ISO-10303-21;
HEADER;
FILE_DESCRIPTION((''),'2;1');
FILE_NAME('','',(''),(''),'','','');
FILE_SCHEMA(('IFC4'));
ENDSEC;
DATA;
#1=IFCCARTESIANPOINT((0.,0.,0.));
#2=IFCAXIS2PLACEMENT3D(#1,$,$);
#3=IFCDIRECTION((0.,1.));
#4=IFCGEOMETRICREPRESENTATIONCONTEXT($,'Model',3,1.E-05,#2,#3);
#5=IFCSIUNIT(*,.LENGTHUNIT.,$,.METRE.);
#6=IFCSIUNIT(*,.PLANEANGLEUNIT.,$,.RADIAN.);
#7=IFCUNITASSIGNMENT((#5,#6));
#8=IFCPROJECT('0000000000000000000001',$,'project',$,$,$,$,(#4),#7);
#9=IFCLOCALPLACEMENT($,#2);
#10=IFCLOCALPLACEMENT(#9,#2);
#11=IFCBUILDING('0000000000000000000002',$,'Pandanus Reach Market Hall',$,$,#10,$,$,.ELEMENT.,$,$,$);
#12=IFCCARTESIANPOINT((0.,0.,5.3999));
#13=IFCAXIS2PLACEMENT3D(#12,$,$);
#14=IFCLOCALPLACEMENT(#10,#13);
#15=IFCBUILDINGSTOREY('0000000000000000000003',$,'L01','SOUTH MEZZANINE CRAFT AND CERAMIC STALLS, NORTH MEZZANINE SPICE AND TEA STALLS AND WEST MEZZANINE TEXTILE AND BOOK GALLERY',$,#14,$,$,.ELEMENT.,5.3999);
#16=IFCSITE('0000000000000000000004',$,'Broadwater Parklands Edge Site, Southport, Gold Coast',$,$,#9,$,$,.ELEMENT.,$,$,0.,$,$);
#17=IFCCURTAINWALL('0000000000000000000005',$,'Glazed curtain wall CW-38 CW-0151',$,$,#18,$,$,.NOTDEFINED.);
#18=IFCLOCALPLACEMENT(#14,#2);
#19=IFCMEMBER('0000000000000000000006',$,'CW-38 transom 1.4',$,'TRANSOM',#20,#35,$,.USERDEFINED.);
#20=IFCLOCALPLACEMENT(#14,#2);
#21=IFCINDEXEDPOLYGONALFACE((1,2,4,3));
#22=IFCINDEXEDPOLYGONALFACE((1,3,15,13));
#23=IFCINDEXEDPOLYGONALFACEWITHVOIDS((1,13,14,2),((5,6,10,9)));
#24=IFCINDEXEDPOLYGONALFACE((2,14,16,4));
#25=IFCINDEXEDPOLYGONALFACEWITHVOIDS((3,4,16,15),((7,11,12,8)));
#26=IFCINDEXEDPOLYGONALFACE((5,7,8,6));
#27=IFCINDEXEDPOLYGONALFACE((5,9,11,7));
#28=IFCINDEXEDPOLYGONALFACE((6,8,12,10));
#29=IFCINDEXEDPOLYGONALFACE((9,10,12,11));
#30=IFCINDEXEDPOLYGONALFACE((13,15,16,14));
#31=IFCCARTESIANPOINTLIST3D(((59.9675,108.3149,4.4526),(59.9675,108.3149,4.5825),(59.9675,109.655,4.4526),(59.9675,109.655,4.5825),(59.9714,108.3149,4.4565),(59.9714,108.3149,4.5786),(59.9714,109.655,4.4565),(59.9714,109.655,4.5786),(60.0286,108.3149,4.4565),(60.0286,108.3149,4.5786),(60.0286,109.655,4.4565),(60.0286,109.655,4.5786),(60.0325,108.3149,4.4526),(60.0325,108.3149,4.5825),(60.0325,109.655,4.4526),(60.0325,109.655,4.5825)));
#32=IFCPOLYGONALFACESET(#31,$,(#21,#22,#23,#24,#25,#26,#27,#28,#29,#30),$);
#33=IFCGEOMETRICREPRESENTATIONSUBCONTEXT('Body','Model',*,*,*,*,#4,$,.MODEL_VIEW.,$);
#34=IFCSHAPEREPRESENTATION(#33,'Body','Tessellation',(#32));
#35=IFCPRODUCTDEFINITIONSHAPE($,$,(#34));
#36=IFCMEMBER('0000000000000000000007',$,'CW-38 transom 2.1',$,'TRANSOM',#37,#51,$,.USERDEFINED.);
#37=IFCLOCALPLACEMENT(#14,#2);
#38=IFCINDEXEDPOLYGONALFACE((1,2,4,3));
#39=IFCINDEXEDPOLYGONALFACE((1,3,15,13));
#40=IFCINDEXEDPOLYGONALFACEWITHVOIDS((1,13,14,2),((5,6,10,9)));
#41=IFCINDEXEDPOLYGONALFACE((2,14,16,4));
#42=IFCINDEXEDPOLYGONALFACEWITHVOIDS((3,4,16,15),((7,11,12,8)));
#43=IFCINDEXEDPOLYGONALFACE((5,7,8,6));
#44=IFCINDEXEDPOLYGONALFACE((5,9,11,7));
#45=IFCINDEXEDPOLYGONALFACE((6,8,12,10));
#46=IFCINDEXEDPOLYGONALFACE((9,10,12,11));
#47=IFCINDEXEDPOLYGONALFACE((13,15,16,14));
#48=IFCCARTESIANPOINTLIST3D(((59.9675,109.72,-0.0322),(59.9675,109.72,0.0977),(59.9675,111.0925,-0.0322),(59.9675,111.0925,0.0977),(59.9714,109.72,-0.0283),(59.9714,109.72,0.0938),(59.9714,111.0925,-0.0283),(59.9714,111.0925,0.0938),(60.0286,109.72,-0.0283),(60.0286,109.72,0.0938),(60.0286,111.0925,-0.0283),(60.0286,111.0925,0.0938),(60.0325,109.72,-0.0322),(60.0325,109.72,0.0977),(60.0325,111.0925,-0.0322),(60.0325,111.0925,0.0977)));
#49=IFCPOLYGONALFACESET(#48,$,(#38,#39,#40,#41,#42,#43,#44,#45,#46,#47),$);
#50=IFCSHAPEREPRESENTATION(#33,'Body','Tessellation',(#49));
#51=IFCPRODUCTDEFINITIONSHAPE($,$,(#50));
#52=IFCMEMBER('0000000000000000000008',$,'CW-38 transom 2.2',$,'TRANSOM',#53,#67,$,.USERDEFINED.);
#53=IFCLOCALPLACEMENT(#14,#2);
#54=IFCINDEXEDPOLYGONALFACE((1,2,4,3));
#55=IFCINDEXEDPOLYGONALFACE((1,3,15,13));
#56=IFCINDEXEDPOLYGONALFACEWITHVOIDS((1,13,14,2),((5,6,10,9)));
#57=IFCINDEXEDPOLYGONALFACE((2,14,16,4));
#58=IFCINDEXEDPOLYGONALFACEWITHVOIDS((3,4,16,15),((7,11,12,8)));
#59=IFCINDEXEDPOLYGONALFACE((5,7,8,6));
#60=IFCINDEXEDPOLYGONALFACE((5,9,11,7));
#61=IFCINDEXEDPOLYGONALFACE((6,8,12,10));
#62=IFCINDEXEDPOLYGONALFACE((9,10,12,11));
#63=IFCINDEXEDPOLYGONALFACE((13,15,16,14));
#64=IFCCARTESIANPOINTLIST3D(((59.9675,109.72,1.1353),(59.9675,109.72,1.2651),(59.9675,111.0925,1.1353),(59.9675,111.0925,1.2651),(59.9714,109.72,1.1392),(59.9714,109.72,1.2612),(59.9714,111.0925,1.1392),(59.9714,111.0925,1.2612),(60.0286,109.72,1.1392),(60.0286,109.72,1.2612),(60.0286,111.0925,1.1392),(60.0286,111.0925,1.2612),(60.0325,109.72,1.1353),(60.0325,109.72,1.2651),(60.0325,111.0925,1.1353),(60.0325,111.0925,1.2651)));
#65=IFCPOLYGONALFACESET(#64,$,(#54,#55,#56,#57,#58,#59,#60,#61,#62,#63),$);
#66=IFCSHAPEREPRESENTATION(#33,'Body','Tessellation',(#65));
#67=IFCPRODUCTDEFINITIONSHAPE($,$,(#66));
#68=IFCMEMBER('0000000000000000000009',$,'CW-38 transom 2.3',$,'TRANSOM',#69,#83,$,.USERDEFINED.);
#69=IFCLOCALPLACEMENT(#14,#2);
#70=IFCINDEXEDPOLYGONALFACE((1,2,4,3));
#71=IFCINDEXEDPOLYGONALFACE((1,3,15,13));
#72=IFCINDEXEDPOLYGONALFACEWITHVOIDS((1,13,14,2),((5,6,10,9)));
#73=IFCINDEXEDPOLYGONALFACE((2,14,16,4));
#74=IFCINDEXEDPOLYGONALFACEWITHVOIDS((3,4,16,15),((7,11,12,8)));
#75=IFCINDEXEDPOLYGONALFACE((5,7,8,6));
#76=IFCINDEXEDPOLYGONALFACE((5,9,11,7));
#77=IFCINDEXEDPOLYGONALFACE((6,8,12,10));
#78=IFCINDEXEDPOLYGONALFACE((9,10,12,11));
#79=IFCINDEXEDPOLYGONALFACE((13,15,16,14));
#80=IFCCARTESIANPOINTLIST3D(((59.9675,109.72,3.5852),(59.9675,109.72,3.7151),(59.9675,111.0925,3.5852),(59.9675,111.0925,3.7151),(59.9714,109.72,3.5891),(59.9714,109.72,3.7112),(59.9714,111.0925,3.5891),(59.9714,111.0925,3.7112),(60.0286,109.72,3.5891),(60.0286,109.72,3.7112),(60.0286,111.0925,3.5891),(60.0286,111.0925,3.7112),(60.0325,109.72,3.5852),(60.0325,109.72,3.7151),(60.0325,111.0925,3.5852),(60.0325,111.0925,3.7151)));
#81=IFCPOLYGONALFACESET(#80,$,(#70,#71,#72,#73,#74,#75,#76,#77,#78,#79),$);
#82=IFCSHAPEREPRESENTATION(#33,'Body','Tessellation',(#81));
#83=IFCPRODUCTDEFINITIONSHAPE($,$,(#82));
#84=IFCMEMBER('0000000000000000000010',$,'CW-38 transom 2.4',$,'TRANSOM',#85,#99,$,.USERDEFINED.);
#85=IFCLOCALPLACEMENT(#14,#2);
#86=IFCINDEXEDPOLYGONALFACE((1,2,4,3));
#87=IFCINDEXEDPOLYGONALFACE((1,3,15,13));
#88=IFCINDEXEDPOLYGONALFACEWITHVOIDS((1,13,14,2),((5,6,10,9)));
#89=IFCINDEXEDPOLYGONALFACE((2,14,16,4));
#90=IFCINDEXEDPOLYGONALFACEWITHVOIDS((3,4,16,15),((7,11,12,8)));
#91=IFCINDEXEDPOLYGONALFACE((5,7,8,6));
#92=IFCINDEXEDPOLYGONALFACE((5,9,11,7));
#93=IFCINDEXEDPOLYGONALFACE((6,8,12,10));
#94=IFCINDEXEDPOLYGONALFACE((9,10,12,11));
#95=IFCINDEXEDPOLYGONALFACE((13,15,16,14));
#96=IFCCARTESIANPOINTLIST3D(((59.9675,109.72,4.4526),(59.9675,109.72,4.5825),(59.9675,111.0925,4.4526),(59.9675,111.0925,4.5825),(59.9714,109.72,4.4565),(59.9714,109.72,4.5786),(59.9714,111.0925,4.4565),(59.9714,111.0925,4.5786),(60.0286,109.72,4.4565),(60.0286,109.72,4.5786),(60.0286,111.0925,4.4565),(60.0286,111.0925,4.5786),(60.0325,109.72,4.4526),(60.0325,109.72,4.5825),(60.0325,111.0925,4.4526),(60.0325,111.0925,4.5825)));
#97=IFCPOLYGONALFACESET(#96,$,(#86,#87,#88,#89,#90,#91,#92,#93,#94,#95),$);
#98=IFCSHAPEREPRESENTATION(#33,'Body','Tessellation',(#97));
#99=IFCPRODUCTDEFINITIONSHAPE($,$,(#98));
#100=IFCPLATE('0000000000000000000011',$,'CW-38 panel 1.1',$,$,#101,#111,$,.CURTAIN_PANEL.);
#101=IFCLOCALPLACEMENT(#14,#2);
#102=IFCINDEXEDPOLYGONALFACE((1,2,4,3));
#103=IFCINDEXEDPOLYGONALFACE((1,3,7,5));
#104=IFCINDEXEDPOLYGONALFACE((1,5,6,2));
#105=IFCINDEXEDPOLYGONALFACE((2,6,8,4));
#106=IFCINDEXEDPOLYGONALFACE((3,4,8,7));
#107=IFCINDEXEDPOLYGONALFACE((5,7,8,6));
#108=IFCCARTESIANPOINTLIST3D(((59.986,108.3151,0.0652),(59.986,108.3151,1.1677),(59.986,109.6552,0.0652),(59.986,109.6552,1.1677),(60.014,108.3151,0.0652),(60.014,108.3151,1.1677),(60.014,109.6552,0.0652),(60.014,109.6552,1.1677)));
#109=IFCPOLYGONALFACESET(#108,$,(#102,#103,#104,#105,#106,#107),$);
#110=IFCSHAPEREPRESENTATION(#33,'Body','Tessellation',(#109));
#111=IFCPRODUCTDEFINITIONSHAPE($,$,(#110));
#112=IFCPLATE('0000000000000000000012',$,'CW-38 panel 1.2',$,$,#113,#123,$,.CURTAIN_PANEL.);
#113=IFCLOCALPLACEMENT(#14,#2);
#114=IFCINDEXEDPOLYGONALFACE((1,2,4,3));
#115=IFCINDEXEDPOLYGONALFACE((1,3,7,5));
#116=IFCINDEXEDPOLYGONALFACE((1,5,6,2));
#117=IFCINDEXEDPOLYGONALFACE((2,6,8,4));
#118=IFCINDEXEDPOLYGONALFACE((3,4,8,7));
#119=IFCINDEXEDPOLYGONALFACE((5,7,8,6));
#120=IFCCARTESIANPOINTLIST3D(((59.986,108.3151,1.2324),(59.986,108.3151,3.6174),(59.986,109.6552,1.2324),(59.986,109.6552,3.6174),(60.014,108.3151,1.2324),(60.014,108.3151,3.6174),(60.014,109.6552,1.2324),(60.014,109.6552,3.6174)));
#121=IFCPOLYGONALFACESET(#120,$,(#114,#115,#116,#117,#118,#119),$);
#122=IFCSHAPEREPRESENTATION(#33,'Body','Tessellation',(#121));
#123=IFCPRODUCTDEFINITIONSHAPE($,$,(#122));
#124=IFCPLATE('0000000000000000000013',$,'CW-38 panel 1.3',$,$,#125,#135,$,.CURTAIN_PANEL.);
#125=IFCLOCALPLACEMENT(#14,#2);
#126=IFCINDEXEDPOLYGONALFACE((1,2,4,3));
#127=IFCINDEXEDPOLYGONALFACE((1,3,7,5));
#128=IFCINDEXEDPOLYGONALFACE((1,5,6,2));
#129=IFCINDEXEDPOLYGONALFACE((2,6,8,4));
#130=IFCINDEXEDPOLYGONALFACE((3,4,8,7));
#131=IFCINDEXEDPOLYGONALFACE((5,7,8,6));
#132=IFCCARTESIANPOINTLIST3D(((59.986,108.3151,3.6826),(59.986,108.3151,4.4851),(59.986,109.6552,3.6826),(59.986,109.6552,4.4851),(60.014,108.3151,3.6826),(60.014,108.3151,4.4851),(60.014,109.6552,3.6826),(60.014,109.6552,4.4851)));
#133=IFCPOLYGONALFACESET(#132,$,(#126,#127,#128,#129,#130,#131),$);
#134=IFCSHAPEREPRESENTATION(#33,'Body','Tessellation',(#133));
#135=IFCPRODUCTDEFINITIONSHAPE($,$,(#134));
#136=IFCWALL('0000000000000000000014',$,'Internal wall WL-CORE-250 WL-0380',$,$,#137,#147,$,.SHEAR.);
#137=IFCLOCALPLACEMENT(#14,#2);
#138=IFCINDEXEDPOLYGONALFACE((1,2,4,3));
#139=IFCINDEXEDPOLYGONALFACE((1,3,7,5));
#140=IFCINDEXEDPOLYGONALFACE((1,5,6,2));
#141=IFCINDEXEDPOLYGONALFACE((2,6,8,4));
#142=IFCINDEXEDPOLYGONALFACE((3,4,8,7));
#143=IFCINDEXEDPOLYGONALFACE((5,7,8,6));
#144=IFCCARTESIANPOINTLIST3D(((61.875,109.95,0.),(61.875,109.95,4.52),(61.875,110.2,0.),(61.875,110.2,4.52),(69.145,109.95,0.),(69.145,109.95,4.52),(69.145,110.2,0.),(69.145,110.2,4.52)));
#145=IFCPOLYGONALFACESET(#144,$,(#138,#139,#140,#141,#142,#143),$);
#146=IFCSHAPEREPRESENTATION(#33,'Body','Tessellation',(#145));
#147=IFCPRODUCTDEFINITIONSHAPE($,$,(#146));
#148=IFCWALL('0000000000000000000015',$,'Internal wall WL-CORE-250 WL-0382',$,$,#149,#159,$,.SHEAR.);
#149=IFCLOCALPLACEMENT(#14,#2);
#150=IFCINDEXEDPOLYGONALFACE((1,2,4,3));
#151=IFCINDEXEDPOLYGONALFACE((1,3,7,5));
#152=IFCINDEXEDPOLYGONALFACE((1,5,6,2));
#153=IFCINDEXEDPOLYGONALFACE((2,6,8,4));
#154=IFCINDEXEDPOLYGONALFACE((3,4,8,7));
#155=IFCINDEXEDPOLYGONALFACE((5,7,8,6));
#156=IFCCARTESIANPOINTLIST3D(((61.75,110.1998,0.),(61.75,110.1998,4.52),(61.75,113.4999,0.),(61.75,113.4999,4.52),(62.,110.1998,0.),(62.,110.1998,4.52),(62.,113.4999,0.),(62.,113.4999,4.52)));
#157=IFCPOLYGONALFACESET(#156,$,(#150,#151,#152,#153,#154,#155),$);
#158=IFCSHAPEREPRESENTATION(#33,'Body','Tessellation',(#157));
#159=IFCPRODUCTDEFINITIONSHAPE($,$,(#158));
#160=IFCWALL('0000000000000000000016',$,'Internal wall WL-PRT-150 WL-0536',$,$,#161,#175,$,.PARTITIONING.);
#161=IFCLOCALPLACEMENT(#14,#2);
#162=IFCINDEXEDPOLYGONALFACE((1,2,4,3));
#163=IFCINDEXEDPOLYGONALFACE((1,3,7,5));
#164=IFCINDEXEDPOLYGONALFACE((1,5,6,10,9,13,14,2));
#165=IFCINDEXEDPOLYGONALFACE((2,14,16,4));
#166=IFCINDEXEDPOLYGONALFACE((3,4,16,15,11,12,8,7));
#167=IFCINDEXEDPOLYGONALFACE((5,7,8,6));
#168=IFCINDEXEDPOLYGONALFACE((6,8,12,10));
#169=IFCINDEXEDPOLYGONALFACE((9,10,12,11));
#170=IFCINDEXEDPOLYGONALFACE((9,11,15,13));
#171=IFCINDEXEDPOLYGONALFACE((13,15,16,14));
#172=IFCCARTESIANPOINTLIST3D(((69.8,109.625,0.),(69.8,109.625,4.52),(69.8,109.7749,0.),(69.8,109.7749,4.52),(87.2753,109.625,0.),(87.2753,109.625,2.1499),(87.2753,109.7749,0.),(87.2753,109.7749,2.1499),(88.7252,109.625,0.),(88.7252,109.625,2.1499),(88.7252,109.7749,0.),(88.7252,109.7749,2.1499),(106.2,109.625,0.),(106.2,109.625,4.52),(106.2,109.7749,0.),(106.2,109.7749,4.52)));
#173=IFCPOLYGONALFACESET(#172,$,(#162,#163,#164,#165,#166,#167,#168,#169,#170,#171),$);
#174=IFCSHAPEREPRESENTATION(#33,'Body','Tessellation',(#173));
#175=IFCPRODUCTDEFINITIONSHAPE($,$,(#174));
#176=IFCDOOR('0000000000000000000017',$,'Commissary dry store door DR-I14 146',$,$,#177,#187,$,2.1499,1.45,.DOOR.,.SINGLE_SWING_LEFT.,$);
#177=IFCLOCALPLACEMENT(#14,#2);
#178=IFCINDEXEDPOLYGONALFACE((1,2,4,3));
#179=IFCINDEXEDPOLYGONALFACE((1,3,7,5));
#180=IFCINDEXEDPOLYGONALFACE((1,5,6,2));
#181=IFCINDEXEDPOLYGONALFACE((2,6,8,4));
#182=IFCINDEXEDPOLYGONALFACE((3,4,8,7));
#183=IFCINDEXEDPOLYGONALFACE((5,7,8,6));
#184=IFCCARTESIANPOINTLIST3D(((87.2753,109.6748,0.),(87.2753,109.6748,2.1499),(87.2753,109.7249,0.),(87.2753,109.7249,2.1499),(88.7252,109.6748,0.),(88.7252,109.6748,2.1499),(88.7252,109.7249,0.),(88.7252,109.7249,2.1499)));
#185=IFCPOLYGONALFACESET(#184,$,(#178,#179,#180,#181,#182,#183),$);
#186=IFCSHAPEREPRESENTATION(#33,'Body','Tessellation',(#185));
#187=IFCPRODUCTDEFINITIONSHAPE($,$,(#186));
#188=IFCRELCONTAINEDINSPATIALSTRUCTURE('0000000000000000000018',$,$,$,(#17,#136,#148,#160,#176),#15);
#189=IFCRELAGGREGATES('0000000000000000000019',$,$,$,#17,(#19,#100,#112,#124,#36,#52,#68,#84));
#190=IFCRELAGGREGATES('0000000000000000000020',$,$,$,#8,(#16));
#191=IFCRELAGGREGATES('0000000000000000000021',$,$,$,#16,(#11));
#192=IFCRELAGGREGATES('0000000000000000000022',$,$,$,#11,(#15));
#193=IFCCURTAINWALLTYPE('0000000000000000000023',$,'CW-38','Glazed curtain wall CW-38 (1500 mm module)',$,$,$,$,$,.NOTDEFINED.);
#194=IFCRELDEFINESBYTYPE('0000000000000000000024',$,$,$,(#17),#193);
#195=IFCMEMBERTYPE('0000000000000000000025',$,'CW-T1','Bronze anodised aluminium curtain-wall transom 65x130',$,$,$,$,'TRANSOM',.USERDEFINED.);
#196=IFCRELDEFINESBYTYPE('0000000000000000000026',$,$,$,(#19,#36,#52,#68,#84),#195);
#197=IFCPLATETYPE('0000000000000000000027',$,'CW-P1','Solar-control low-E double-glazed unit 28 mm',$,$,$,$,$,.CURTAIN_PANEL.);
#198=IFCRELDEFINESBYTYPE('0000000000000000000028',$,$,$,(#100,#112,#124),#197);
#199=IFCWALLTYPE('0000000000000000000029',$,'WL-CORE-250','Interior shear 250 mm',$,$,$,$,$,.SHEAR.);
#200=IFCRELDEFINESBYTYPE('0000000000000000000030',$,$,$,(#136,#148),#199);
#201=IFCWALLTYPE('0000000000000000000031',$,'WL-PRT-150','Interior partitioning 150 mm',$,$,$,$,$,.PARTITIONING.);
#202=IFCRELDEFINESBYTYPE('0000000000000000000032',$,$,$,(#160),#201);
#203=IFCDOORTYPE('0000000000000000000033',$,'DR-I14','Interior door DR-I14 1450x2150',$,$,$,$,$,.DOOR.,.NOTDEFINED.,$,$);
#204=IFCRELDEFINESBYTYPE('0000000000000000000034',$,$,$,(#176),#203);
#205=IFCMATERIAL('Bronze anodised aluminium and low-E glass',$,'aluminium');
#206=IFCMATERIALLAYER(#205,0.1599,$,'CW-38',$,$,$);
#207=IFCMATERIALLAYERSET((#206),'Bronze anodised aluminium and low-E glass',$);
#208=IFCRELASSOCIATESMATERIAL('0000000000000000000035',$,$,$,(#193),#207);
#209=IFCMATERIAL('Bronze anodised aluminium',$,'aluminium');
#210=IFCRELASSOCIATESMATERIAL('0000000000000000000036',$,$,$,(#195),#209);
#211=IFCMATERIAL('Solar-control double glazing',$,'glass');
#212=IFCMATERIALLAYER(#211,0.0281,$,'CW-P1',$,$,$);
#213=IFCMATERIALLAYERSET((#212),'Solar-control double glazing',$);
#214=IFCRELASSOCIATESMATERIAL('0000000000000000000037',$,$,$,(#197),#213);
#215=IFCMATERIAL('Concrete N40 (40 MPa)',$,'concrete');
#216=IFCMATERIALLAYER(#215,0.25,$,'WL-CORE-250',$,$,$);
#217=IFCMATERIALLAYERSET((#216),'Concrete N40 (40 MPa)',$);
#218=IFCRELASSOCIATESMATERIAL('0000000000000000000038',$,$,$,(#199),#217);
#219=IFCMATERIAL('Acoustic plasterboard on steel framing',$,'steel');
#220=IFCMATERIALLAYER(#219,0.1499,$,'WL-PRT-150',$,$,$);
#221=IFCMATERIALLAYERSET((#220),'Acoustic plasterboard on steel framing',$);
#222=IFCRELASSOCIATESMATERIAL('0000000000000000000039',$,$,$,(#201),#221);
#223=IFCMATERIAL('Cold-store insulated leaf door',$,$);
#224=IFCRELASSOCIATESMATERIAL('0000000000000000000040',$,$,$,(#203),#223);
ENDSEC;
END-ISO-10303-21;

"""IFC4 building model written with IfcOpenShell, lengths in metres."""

from ifc_helpers import new_model, si_unit, direction, frame, frame_2d, origin, origin_2d, place, context, subcontext, project, spatial, rectangle, hollow_rectangle, extrude, material, layer, layer_set, material_profile, profile_set, type_object, element, fill, aggregate, save


model = new_model("IFC4")

# Units and contexts
model_context = context("Model", 3, precision=1e-05, world=origin(), true_north=direction((0.0, 1.0)))
body_context = subcontext(model_context, "Body", "Model", "MODEL_VIEW")
ifc_project = project(units=[si_unit("LENGTHUNIT", "METRE"), si_unit("PLANEANGLEUNIT", "RADIAN")], contexts=[model_context])

# Site, building, storey
site_placement = place(None, origin())
site = spatial("IfcSite", under=ifc_project, at=site_placement, Name="Broadwater Parklands Edge Site, Southport, Gold Coast", CompositionType="ELEMENT", RefElevation=0.0)
building_placement = place(site_placement, origin())
building = spatial("IfcBuilding", under=site, at=building_placement, Name="Pandanus Reach Market Hall", CompositionType="ELEMENT")
storey_placement = place(building_placement, frame((0.0, 0.0, 5.3999)))
storey = spatial("IfcBuildingStorey", under=building, at=storey_placement, Name="L01", Description="SOUTH MEZZANINE CRAFT AND CERAMIC STALLS, NORTH MEZZANINE SPICE AND TEA STALLS AND WEST MEZZANINE TEXTILE AND BOOK GALLERY", CompositionType="ELEMENT", Elevation=5.3999)

# Shared definitions
ifc_material_1 = material(Name="Concrete N40 (40 MPa)", Category="concrete")

# Curtain wall, members, plates
ifc_material_2 = material(Name="Bronze anodised aluminium and low-E glass", Category="aluminium")
ifc_layer_1 = layer(ifc_material_2, 0.1599, Name="CW-38")
ifc_layer_set_1 = layer_set([ifc_layer_1], Name="Bronze anodised aluminium and low-E glass")
curtain_wall_type = type_object("IfcCurtainWallType", Name="CW-38", Description="Glazed curtain wall CW-38 (1500 mm module)", PredefinedType="NOTDEFINED", material=ifc_layer_set_1)
curtain_wall_placement = place(storey_placement, origin())
curtain_wall = element("IfcCurtainWall", 1, at=curtain_wall_placement, inside=storey, type_object=curtain_wall_type, Name="Glazed curtain wall CW-38 CW-0151", PredefinedType="NOTDEFINED")
ifc_material_3 = material(Name="Bronze anodised aluminium", Category="aluminium")
ifc_material_profile_1 = material_profile(ifc_material_3, hollow_rectangle(XDim=0.0649, YDim=0.1299, WallThickness=0.0039, at=origin_2d()), Name="ALU65x130", Category="LoadBearing")
ifc_profile_set_1 = profile_set([ifc_material_profile_1], Name="Bronze anodised aluminium")
member_type_1 = type_object("IfcMemberType", Name="CW-T1", Description="Bronze anodised aluminium curtain-wall transom 65x130", ElementType="TRANSOM", PredefinedType="USERDEFINED", material=ifc_profile_set_1)
member_1_placement = place(storey_placement, frame((60.0, 108.3149, 4.5176), z_axis=(0.0, 1.0, 0.0), x_axis=(-1.0, 0.0, 0.0)))
member_1 = element("IfcMember", 2, at=member_1_placement, type_object=member_type_1, Name="CW-38 transom 1.4", ObjectType="TRANSOM", PredefinedType="USERDEFINED", context=body_context, shape_type="SweptSolid", body=[
    extrude(hollow_rectangle(XDim=0.0649, YDim=0.1299, WallThickness=0.0039, at=origin_2d()), origin(), (0.0, 0.0, 1.0), 1.3401),
])
member_2_placement = place(storey_placement, frame((60.0, 109.72, 0.0327), z_axis=(0.0, 1.0, 0.0), x_axis=(-1.0, 0.0, 0.0)))
member_2 = element("IfcMember", 3, at=member_2_placement, type_object=member_type_1, Name="CW-38 transom 2.1", ObjectType="TRANSOM", PredefinedType="USERDEFINED", context=body_context, shape_type="SweptSolid", body=[
    extrude(hollow_rectangle(XDim=0.0649, YDim=0.1299, WallThickness=0.0039, at=origin_2d()), origin(), (0.0, 0.0, 1.0), 1.3726),
])
member_3_placement = place(storey_placement, frame((60.0, 109.72, 1.2002), z_axis=(0.0, 1.0, 0.0), x_axis=(-1.0, 0.0, 0.0)))
member_3 = element("IfcMember", 4, at=member_3_placement, type_object=member_type_1, Name="CW-38 transom 2.2", ObjectType="TRANSOM", PredefinedType="USERDEFINED", context=body_context, shape_type="SweptSolid", body=[
    extrude(hollow_rectangle(XDim=0.0649, YDim=0.1299, WallThickness=0.0039, at=origin_2d()), origin(), (0.0, 0.0, 1.0), 1.3726),
])
member_4_placement = place(storey_placement, frame((60.0, 109.72, 3.6501), z_axis=(0.0, 1.0, 0.0), x_axis=(-1.0, 0.0, 0.0)))
member_4 = element("IfcMember", 5, at=member_4_placement, type_object=member_type_1, Name="CW-38 transom 2.3", ObjectType="TRANSOM", PredefinedType="USERDEFINED", context=body_context, shape_type="SweptSolid", body=[
    extrude(hollow_rectangle(XDim=0.0649, YDim=0.1299, WallThickness=0.0039, at=origin_2d()), origin(), (0.0, 0.0, 1.0), 1.3726),
])
member_5_placement = place(storey_placement, frame((60.0, 109.72, 4.5176), z_axis=(0.0, 1.0, 0.0), x_axis=(-1.0, 0.0, 0.0)))
member_5 = element("IfcMember", 6, at=member_5_placement, type_object=member_type_1, Name="CW-38 transom 2.4", ObjectType="TRANSOM", PredefinedType="USERDEFINED", context=body_context, shape_type="SweptSolid", body=[
    extrude(hollow_rectangle(XDim=0.0649, YDim=0.1299, WallThickness=0.0039, at=origin_2d()), origin(), (0.0, 0.0, 1.0), 1.3726),
])
ifc_material_4 = material(Name="Solar-control double glazing", Category="glass")
ifc_layer_2 = layer(ifc_material_4, 0.0281, Name="CW-P1")
ifc_layer_set_2 = layer_set([ifc_layer_2], Name="Solar-control double glazing")
plate_type = type_object("IfcPlateType", Name="CW-P1", Description="Solar-control low-E double-glazed unit 28 mm", PredefinedType="CURTAIN_PANEL", material=ifc_layer_set_2)
plate_1_placement = place(storey_placement, frame((60.0, 108.9851, 0.0652), z_axis=(0.0, 0.0, 1.0), x_axis=(0.0, 1.0, 0.0)))
plate_1 = element("IfcPlate", 7, at=plate_1_placement, type_object=plate_type, Name="CW-38 panel 1.1", PredefinedType="CURTAIN_PANEL", context=body_context, shape_type="SweptSolid", body=[
    extrude(rectangle(XDim=1.3401, YDim=0.0281, at=origin_2d()), origin(), (0.0, 0.0, 1.0), 1.1025),
])
plate_2_placement = place(storey_placement, frame((60.0, 108.9851, 1.2324), z_axis=(0.0, 0.0, 1.0), x_axis=(0.0, 1.0, 0.0)))
plate_2 = element("IfcPlate", 8, at=plate_2_placement, type_object=plate_type, Name="CW-38 panel 1.2", PredefinedType="CURTAIN_PANEL", context=body_context, shape_type="SweptSolid", body=[
    extrude(rectangle(XDim=1.3401, YDim=0.0281, at=origin_2d()), origin(), (0.0, 0.0, 1.0), 2.385),
])
plate_3_placement = place(storey_placement, frame((60.0, 108.9851, 3.6826), z_axis=(0.0, 0.0, 1.0), x_axis=(0.0, 1.0, 0.0)))
plate_3 = element("IfcPlate", 9, at=plate_3_placement, type_object=plate_type, Name="CW-38 panel 1.3", PredefinedType="CURTAIN_PANEL", context=body_context, shape_type="SweptSolid", body=[
    extrude(rectangle(XDim=1.3401, YDim=0.0281, at=origin_2d()), origin(), (0.0, 0.0, 1.0), 0.8025),
])
aggregate(curtain_wall, [member_1, plate_1, plate_2, plate_3, member_2, member_3, member_4, member_5])

# Walls
ifc_layer_3 = layer(ifc_material_1, 0.25, Name="WL-CORE-250")
ifc_layer_set_3 = layer_set([ifc_layer_3], Name="Concrete N40 (40 MPa)")
wall_type_1 = type_object("IfcWallType", Name="WL-CORE-250", Description="Interior shear 250 mm", PredefinedType="SHEAR", material=ifc_layer_set_3)
wall_1_placement = place(storey_placement, frame((61.875, 110.075, 0.0), z_axis=(0.0, 0.0, 1.0), x_axis=(1.0, 0.0, 0.0)))
element("IfcWall", 10, at=wall_1_placement, inside=storey, type_object=wall_type_1, Name="Internal wall WL-CORE-250 WL-0380", PredefinedType="SHEAR", context=body_context, shape_type="SweptSolid", body=[
    extrude(rectangle(XDim=7.27, YDim=0.25, at=frame_2d((3.635, 0.0))), origin(), (0.0, 0.0, 1.0), 4.52),
])
wall_2_placement = place(storey_placement, frame((61.875, 110.2, 0.0), z_axis=(0.0, 0.0, 1.0), x_axis=(0.0, 1.0, 0.0)))
element("IfcWall", 11, at=wall_2_placement, inside=storey, type_object=wall_type_1, Name="Internal wall WL-CORE-250 WL-0382", PredefinedType="SHEAR", context=body_context, shape_type="SweptSolid", body=[
    extrude(rectangle(XDim=3.3, YDim=0.25, at=frame_2d((1.6499, 0.0))), origin(), (0.0, 0.0, 1.0), 4.52),
])

# Wall, opening, door
ifc_material_5 = material(Name="Acoustic plasterboard on steel framing", Category="steel")
ifc_layer_4 = layer(ifc_material_5, 0.1499, Name="WL-PRT-150")
ifc_layer_set_4 = layer_set([ifc_layer_4], Name="Acoustic plasterboard on steel framing")
wall_type_2 = type_object("IfcWallType", Name="WL-PRT-150", Description="Interior partitioning 150 mm", PredefinedType="PARTITIONING", material=ifc_layer_set_4)
wall_3_placement = place(storey_placement, frame((69.8, 109.7, 0.0), z_axis=(0.0, 0.0, 1.0), x_axis=(1.0, 0.0, 0.0)))
wall_3 = element("IfcWall", 12, at=wall_3_placement, inside=storey, type_object=wall_type_2, Name="Internal wall WL-PRT-150 WL-0536", PredefinedType="PARTITIONING", context=body_context, shape_type="SweptSolid", body=[
    extrude(rectangle(XDim=36.3999, YDim=0.1499, at=frame_2d((18.2, 0.0))), origin(), (0.0, 0.0, 1.0), 4.52),
])
opening_placement = place(wall_3_placement, frame((17.4751, 0.0, 0.0)))
opening = element("IfcOpeningElement", 13, at=opening_placement, cuts=wall_3, PredefinedType="OPENING", context=body_context, shape_type="SweptSolid", body=[
    extrude(rectangle(XDim=1.45, YDim=2.1499, at=frame_2d((0.7251, 1.075))), frame((0.0, 0.0898, 0.0), z_axis=(0.0, -1.0, 0.0), x_axis=(1.0, 0.0, 0.0)), (0.0, 0.0, 1.0), 0.1799),
])
ifc_material_6 = material(Name="Cold-store insulated leaf door")
door_type = type_object("IfcDoorType", Name="DR-I14", Description="Interior door DR-I14 1450x2150", OperationType="NOTDEFINED", PredefinedType="DOOR", material=ifc_material_6)
door_placement = place(opening_placement, origin())
door = element("IfcDoor", 14, at=door_placement, inside=storey, type_object=door_type, Name="Commissary dry store door DR-I14 146", OperationType="SINGLE_SWING_LEFT", OverallHeight=2.1499, OverallWidth=1.45, PredefinedType="DOOR", context=body_context, shape_type="SweptSolid", body=[
    extrude(rectangle(XDim=1.45, YDim=2.1499, at=frame_2d((0.7251, 1.075))), frame((0.0, 0.0249, 0.0), z_axis=(0.0, -1.0, 0.0), x_axis=(1.0, 0.0, 0.0)), (0.0, 0.0, 1.0), 0.05),
])
fill(opening, door)

save(model, "model.ifc")
